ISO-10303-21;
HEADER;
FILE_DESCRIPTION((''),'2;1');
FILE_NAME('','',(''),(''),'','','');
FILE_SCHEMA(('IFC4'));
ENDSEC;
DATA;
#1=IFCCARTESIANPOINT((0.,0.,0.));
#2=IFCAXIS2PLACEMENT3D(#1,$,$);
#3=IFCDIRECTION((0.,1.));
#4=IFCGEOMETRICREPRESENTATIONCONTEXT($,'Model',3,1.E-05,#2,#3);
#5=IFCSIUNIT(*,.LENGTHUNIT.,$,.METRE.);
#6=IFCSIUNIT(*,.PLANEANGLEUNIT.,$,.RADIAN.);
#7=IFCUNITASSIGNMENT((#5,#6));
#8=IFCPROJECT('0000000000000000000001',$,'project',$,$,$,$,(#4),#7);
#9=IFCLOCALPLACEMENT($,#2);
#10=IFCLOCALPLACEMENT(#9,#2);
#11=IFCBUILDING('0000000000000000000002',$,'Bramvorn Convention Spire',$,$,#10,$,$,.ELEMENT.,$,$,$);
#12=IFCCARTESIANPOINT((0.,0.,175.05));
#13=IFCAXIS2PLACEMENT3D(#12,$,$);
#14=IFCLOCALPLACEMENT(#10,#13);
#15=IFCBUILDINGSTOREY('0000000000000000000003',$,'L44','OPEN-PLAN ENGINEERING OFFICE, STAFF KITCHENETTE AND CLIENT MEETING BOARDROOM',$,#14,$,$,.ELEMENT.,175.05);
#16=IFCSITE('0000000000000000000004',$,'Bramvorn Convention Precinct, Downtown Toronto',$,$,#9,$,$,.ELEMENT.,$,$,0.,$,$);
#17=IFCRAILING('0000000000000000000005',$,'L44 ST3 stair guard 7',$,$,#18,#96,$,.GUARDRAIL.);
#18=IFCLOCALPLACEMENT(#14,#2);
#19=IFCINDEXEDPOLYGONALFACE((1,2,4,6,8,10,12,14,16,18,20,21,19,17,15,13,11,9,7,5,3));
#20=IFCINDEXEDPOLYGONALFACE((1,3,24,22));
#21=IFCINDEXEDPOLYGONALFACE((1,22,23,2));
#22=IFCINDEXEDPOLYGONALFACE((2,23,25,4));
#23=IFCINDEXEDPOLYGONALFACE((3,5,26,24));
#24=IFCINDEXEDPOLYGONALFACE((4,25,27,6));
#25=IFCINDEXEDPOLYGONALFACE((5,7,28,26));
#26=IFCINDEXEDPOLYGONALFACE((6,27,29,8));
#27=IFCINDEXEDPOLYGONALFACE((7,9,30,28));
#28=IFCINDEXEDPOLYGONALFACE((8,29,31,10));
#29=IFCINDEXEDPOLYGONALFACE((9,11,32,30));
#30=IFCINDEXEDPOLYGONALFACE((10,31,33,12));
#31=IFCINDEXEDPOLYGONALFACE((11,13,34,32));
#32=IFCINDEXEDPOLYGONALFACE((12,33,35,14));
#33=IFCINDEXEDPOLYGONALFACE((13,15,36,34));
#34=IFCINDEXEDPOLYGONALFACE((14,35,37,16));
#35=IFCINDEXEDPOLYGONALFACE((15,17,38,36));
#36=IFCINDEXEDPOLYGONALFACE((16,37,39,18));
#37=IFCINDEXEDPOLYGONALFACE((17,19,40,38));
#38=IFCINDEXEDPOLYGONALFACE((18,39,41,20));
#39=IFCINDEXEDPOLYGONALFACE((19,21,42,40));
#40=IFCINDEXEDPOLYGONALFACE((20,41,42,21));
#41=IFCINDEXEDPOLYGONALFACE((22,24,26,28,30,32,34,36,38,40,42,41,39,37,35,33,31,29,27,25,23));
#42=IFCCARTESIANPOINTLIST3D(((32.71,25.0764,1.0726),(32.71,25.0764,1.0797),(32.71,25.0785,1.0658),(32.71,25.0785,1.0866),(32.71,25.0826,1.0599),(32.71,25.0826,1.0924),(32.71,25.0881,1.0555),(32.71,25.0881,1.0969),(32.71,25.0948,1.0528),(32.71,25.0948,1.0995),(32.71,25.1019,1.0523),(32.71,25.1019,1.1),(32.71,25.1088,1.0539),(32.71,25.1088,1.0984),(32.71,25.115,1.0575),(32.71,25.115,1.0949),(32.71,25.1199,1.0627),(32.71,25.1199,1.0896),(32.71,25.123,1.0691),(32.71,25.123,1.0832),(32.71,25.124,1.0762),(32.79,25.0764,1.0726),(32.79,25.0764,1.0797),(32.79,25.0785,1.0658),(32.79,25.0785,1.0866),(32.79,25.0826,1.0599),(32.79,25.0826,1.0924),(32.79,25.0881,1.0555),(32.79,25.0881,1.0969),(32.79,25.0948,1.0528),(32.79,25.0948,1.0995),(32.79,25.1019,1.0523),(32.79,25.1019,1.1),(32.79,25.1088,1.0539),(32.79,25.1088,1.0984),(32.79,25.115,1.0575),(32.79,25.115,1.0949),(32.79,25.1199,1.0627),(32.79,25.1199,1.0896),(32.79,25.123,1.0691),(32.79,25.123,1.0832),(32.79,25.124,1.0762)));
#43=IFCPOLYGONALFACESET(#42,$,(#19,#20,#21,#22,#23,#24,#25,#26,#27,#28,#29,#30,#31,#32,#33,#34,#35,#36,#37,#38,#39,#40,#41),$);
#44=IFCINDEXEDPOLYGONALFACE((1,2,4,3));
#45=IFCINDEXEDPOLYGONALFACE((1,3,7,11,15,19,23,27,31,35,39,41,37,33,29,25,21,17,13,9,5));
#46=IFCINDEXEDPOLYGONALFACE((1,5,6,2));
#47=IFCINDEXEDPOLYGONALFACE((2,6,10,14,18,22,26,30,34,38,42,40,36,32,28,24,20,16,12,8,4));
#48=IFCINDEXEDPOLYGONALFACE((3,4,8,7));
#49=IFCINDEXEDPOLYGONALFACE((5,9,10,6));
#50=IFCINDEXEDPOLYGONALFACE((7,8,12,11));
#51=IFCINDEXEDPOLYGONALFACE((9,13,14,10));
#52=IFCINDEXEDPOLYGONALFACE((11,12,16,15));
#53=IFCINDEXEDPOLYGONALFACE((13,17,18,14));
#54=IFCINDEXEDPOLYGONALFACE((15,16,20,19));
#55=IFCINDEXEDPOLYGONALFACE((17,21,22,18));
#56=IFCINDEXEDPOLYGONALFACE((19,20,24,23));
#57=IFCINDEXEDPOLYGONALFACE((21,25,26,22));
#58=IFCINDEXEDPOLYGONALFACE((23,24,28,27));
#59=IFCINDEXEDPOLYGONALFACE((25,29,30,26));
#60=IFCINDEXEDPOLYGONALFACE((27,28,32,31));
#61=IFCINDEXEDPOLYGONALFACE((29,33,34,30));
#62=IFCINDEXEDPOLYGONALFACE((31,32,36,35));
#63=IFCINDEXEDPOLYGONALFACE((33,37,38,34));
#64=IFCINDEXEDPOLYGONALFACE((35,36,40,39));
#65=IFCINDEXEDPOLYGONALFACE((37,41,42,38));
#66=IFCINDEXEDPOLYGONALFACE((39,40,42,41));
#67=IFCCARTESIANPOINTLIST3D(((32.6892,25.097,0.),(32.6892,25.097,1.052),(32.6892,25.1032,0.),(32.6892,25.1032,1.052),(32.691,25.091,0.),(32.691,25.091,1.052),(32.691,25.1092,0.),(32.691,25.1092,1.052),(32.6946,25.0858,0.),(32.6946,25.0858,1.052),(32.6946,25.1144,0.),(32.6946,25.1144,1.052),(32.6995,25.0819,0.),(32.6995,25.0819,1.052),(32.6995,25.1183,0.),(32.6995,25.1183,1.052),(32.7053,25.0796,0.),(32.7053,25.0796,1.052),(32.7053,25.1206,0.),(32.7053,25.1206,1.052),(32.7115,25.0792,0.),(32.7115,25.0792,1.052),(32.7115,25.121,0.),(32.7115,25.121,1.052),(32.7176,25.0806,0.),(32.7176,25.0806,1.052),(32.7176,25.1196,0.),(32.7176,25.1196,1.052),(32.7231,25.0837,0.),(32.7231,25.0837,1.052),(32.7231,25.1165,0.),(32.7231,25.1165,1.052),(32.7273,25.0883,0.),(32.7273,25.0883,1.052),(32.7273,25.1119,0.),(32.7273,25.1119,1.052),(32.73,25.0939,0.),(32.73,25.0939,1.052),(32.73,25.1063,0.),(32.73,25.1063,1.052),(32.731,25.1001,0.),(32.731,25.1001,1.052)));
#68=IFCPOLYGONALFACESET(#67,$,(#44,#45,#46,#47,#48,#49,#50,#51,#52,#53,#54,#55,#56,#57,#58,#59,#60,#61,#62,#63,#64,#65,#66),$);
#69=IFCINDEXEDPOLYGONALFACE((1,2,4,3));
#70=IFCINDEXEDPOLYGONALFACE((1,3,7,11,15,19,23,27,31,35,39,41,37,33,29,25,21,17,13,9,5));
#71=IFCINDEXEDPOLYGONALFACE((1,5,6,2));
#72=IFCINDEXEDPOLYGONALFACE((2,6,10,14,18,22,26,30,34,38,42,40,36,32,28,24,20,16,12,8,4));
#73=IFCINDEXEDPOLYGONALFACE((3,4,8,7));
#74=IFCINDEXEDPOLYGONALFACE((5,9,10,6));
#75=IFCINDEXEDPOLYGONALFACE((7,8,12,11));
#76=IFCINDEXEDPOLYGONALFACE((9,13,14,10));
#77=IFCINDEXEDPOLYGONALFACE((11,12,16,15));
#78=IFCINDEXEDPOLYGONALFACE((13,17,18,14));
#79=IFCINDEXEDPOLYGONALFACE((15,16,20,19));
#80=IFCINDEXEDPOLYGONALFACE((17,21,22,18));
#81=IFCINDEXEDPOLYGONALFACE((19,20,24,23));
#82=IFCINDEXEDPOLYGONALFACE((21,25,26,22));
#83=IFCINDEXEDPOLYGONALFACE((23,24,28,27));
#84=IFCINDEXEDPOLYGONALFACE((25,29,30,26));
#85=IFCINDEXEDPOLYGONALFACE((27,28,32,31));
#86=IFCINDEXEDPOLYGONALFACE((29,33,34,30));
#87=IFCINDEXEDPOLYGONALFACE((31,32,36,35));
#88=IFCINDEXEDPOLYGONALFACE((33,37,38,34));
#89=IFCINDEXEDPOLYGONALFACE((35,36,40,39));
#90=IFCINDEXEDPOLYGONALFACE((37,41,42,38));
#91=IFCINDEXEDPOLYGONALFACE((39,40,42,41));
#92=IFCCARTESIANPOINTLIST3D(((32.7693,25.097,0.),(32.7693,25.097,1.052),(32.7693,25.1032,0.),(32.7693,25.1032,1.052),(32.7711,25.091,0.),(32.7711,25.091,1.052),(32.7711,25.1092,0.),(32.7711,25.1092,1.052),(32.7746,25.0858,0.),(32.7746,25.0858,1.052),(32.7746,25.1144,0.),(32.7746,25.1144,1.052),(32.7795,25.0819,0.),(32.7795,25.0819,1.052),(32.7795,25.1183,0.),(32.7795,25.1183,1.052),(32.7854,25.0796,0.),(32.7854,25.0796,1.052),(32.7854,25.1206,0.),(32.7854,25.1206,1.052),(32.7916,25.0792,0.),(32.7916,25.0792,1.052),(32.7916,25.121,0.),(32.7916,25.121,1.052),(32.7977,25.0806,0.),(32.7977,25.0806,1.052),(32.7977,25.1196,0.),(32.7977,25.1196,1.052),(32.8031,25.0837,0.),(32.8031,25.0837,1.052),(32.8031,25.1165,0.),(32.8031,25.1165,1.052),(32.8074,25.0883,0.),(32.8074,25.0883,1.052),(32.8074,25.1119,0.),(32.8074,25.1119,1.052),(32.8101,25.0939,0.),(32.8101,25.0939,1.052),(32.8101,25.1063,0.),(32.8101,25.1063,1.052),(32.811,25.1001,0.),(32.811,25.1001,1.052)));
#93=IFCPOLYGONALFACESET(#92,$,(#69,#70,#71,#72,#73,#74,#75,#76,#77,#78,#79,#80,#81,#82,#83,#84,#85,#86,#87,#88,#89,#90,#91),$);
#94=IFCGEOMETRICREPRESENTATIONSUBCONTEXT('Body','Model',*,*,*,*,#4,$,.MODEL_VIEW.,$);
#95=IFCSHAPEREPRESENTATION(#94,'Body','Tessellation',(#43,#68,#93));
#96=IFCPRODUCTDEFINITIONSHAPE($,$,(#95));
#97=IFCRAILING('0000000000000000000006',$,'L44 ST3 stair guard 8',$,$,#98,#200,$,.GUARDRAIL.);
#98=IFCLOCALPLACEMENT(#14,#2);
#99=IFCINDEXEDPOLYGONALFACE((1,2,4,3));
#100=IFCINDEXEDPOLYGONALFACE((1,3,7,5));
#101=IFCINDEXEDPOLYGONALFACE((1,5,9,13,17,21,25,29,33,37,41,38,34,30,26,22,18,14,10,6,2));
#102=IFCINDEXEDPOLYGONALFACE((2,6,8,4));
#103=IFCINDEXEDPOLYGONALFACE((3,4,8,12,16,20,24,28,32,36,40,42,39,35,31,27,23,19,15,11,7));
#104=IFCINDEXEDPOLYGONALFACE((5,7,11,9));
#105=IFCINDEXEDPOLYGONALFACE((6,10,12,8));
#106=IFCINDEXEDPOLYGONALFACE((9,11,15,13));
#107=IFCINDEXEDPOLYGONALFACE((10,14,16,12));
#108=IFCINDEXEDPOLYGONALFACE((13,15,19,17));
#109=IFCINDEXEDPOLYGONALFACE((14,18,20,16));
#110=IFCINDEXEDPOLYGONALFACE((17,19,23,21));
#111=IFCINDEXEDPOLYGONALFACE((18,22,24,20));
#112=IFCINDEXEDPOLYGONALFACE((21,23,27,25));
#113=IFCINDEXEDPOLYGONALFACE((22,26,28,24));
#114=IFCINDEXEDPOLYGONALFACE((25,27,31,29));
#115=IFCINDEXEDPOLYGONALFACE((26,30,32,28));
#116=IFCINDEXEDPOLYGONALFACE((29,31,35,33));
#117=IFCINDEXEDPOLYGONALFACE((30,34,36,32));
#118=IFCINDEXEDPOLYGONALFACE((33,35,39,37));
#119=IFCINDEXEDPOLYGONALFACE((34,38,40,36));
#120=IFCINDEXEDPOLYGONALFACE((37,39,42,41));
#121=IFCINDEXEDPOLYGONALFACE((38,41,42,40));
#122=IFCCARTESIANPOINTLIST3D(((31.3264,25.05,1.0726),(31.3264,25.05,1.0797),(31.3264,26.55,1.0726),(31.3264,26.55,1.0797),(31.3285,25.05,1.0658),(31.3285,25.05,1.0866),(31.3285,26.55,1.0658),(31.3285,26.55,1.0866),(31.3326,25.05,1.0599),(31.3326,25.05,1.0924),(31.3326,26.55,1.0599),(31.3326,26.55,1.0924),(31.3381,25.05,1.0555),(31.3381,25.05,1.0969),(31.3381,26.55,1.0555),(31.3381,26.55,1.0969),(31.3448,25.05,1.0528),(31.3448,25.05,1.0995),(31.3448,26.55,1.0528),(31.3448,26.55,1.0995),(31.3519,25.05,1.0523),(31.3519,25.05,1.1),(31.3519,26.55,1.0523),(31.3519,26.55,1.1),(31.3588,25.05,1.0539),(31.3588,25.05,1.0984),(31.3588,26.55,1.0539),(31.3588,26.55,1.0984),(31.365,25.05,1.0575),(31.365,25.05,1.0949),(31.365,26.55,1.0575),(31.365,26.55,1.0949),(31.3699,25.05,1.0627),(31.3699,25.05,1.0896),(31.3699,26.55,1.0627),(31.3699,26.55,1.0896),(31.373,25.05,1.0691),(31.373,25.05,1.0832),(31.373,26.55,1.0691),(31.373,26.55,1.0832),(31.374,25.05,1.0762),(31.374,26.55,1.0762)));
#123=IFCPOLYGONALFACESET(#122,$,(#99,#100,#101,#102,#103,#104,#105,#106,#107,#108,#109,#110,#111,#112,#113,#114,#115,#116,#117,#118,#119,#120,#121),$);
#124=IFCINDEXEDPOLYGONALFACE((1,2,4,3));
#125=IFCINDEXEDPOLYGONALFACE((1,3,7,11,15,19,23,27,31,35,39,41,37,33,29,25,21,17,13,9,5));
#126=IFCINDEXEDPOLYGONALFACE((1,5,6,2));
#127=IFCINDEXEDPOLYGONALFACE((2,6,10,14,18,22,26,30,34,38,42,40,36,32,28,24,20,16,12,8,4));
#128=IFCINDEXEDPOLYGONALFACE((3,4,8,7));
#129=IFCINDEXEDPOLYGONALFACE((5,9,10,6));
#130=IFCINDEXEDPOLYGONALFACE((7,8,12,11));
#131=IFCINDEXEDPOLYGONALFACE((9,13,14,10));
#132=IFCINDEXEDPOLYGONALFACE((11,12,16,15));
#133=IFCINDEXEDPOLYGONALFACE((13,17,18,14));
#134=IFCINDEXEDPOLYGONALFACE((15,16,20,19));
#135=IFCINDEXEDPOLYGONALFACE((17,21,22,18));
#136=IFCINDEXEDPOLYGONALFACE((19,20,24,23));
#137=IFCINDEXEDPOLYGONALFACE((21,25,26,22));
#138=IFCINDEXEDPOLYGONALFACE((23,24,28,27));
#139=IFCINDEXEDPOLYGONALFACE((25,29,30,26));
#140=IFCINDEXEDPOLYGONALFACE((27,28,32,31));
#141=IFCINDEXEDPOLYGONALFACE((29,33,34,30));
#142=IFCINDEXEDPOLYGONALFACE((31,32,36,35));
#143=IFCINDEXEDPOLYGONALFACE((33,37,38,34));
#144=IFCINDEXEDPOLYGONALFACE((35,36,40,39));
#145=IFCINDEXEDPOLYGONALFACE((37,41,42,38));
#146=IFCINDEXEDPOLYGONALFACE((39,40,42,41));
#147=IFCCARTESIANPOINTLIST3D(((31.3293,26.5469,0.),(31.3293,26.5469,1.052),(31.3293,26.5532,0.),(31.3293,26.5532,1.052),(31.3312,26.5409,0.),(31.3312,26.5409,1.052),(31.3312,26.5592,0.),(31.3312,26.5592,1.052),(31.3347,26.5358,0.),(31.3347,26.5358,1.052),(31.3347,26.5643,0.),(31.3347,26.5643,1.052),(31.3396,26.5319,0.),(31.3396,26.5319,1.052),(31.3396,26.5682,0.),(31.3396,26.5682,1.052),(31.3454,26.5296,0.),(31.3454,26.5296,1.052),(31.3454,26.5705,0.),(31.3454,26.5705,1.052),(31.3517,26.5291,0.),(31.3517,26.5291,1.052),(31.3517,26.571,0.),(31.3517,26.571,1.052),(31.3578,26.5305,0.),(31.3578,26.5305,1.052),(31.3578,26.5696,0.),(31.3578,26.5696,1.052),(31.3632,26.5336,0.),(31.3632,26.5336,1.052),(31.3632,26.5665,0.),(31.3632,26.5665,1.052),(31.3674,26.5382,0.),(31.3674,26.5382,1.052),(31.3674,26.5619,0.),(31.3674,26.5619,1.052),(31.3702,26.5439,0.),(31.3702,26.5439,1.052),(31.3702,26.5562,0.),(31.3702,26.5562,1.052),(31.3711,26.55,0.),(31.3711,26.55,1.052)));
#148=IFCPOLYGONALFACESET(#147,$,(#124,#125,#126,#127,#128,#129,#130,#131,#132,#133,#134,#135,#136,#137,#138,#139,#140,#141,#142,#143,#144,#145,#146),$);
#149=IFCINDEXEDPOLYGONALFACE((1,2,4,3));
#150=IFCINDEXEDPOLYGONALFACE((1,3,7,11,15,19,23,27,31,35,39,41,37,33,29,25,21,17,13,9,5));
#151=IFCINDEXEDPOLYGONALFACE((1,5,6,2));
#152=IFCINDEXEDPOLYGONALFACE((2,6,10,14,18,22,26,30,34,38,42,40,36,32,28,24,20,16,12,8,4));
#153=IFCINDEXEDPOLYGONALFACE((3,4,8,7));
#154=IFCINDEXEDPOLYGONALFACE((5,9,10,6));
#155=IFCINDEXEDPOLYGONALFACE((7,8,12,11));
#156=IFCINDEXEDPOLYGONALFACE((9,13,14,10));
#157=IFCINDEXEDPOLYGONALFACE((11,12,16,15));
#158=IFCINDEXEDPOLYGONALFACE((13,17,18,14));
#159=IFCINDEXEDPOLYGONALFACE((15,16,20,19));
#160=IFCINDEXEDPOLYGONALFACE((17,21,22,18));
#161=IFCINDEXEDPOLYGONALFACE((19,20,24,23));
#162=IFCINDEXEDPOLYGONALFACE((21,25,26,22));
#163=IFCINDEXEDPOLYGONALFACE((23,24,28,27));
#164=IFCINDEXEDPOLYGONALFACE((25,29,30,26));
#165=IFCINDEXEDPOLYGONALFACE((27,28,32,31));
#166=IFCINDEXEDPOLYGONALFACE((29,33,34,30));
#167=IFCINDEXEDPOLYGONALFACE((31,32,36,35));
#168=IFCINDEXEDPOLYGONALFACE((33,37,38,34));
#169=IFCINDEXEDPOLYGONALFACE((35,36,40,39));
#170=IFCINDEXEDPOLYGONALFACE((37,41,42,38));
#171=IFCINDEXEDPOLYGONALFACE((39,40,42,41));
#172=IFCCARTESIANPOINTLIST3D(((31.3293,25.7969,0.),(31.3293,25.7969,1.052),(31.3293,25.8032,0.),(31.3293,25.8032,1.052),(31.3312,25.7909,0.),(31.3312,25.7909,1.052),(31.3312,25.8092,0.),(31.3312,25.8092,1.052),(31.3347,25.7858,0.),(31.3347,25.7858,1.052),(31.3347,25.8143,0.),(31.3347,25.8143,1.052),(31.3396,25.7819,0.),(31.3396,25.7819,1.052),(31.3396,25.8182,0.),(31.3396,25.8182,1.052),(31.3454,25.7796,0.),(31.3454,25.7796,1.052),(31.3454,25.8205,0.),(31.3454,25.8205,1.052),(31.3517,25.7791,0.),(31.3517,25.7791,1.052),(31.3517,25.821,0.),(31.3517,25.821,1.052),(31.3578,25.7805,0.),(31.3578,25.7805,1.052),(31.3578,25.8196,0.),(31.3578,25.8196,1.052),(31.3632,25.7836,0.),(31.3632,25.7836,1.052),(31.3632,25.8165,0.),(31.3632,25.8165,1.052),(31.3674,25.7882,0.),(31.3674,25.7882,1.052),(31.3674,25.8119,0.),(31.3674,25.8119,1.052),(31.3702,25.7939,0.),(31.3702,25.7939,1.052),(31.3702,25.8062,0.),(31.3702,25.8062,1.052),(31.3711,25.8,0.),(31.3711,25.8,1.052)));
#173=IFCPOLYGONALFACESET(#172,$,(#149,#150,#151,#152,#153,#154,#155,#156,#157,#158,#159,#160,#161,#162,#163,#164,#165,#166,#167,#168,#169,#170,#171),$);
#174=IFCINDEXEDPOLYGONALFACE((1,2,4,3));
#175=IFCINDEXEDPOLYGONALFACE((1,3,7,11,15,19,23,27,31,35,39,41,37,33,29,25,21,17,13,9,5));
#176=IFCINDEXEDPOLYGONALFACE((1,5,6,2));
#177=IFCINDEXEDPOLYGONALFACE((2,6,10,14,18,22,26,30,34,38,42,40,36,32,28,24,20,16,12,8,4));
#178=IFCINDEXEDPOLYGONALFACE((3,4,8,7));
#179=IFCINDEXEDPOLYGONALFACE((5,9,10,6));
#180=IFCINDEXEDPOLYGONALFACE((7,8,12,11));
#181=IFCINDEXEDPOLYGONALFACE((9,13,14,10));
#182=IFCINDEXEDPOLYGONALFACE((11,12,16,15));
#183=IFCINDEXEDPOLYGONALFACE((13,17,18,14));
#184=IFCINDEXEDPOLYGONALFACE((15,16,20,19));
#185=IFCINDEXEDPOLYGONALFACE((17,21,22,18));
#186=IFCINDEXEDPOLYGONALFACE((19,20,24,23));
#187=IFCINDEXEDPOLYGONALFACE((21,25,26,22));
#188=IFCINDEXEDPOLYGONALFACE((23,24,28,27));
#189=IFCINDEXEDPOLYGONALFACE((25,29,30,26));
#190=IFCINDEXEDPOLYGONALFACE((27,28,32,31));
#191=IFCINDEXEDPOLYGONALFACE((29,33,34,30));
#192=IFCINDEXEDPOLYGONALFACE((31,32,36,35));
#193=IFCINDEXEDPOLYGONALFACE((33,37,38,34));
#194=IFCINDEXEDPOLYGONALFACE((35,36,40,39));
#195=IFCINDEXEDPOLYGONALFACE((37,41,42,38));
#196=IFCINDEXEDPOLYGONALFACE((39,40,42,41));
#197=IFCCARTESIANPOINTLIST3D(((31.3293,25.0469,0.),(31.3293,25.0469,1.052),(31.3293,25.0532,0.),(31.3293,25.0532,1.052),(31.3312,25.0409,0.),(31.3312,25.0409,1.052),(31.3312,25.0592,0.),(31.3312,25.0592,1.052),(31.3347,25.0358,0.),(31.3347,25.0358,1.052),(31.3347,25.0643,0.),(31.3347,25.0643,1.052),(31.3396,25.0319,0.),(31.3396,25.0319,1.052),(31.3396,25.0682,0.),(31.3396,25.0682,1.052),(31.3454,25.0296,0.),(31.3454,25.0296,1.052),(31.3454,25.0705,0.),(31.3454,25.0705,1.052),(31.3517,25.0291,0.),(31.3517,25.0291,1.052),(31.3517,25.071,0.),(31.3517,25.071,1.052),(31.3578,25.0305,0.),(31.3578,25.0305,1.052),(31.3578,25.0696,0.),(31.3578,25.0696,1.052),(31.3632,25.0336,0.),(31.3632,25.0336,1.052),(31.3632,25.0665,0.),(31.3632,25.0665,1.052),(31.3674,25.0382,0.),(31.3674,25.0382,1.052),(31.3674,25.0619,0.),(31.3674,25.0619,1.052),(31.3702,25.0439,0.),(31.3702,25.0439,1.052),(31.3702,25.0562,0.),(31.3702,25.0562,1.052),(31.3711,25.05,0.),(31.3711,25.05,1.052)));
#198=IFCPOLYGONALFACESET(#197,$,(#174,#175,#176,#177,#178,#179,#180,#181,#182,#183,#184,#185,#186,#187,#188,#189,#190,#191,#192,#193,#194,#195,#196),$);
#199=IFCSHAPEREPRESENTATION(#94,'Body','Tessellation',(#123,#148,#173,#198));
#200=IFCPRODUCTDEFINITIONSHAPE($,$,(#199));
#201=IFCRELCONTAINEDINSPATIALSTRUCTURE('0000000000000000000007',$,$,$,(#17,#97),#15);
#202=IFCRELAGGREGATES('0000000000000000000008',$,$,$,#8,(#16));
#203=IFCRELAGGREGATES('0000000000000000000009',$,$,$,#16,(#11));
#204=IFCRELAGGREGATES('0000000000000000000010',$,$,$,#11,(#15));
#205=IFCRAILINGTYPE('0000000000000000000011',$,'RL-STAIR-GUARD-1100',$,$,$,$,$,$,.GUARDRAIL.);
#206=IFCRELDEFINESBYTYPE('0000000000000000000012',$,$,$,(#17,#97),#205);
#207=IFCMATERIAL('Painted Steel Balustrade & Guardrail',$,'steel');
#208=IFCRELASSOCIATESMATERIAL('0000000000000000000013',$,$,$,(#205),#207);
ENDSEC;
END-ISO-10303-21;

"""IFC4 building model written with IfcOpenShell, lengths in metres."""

from ifc_helpers import new_model, si_unit, direction, frame, origin, origin_2d, place, context, subcontext, project, spatial, circle, extrude, material, type_object, element, save


model = new_model("IFC4")

# Units and contexts
model_context = context("Model", 3, precision=1e-05, world=origin(), true_north=direction((0.0, 1.0)))
body_context = subcontext(model_context, "Body", "Model", "MODEL_VIEW")
ifc_project = project(units=[si_unit("LENGTHUNIT", "METRE"), si_unit("PLANEANGLEUNIT", "RADIAN")], contexts=[model_context])

# Site, building, storey
site_placement = place(None, origin())
site = spatial("IfcSite", under=ifc_project, at=site_placement, Name="Bramvorn Convention Precinct, Downtown Toronto", CompositionType="ELEMENT", RefElevation=0.0)
building_placement = place(site_placement, origin())
building = spatial("IfcBuilding", under=site, at=building_placement, Name="Bramvorn Convention Spire", CompositionType="ELEMENT")
storey_placement = place(building_placement, frame((0.0, 0.0, 175.05)))
storey = spatial("IfcBuildingStorey", under=building, at=storey_placement, Name="L44", Description="OPEN-PLAN ENGINEERING OFFICE, STAFF KITCHENETTE AND CLIENT MEETING BOARDROOM", CompositionType="ELEMENT", Elevation=175.05)

# Railings
ifc_material_1 = material(Name="Painted Steel Balustrade & Guardrail", Category="steel")
railing_type = type_object("IfcRailingType", Name="RL-STAIR-GUARD-1100", PredefinedType="GUARDRAIL", material=ifc_material_1)
railing_1_placement = place(storey_placement, frame((32.71, 25.1001, 0.0)))
element("IfcRailing", 1, at=railing_1_placement, inside=storey, type_object=railing_type, Name="L44 ST3 stair guard 7", PredefinedType="GUARDRAIL", context=body_context, shape_type="SweptSolid", body=[
    extrude(circle(Radius=0.0239, at=origin_2d()), frame((0.0, 0.0, 1.0762), z_axis=(1.0, 0.0, 0.0), x_axis=(0.0, 1.0, 0.0)), (0.0, 0.0, 1.0), 0.0801),
    extrude(circle(Radius=0.021, at=origin_2d()), origin(), (0.0, 0.0, 1.0), 1.052),
    extrude(circle(Radius=0.021, at=origin_2d()), frame((0.0801, 0.0, 0.0)), (0.0, 0.0, 1.0), 1.052),
])
for number, where, name in (
    (2, (31.3501, 26.55, 0.0), "L44 ST3 stair guard 8"),
):
    element("IfcRailing", number, at=place(storey_placement, frame(where)), inside=storey, type_object=railing_type, Name=name, PredefinedType="GUARDRAIL", context=body_context, shape_type="SweptSolid", body=[
        extrude(circle(Radius=0.0239, at=origin_2d()), frame((0.0, 0.0, 1.0762), z_axis=(0.0, -1.0, 0.0), x_axis=(1.0, 0.0, 0.0)), (0.0, 0.0, 1.0), 1.5),
        extrude(circle(Radius=0.021, at=origin_2d()), origin(), (0.0, 0.0, 1.0), 1.052),
        extrude(circle(Radius=0.021, at=origin_2d()), frame((0.0, -0.75, 0.0)), (0.0, 0.0, 1.0), 1.052),
        extrude(circle(Radius=0.021, at=origin_2d()), frame((0.0, -1.5, 0.0)), (0.0, 0.0, 1.0), 1.052),
    ])

save(model, "model.ifc")
